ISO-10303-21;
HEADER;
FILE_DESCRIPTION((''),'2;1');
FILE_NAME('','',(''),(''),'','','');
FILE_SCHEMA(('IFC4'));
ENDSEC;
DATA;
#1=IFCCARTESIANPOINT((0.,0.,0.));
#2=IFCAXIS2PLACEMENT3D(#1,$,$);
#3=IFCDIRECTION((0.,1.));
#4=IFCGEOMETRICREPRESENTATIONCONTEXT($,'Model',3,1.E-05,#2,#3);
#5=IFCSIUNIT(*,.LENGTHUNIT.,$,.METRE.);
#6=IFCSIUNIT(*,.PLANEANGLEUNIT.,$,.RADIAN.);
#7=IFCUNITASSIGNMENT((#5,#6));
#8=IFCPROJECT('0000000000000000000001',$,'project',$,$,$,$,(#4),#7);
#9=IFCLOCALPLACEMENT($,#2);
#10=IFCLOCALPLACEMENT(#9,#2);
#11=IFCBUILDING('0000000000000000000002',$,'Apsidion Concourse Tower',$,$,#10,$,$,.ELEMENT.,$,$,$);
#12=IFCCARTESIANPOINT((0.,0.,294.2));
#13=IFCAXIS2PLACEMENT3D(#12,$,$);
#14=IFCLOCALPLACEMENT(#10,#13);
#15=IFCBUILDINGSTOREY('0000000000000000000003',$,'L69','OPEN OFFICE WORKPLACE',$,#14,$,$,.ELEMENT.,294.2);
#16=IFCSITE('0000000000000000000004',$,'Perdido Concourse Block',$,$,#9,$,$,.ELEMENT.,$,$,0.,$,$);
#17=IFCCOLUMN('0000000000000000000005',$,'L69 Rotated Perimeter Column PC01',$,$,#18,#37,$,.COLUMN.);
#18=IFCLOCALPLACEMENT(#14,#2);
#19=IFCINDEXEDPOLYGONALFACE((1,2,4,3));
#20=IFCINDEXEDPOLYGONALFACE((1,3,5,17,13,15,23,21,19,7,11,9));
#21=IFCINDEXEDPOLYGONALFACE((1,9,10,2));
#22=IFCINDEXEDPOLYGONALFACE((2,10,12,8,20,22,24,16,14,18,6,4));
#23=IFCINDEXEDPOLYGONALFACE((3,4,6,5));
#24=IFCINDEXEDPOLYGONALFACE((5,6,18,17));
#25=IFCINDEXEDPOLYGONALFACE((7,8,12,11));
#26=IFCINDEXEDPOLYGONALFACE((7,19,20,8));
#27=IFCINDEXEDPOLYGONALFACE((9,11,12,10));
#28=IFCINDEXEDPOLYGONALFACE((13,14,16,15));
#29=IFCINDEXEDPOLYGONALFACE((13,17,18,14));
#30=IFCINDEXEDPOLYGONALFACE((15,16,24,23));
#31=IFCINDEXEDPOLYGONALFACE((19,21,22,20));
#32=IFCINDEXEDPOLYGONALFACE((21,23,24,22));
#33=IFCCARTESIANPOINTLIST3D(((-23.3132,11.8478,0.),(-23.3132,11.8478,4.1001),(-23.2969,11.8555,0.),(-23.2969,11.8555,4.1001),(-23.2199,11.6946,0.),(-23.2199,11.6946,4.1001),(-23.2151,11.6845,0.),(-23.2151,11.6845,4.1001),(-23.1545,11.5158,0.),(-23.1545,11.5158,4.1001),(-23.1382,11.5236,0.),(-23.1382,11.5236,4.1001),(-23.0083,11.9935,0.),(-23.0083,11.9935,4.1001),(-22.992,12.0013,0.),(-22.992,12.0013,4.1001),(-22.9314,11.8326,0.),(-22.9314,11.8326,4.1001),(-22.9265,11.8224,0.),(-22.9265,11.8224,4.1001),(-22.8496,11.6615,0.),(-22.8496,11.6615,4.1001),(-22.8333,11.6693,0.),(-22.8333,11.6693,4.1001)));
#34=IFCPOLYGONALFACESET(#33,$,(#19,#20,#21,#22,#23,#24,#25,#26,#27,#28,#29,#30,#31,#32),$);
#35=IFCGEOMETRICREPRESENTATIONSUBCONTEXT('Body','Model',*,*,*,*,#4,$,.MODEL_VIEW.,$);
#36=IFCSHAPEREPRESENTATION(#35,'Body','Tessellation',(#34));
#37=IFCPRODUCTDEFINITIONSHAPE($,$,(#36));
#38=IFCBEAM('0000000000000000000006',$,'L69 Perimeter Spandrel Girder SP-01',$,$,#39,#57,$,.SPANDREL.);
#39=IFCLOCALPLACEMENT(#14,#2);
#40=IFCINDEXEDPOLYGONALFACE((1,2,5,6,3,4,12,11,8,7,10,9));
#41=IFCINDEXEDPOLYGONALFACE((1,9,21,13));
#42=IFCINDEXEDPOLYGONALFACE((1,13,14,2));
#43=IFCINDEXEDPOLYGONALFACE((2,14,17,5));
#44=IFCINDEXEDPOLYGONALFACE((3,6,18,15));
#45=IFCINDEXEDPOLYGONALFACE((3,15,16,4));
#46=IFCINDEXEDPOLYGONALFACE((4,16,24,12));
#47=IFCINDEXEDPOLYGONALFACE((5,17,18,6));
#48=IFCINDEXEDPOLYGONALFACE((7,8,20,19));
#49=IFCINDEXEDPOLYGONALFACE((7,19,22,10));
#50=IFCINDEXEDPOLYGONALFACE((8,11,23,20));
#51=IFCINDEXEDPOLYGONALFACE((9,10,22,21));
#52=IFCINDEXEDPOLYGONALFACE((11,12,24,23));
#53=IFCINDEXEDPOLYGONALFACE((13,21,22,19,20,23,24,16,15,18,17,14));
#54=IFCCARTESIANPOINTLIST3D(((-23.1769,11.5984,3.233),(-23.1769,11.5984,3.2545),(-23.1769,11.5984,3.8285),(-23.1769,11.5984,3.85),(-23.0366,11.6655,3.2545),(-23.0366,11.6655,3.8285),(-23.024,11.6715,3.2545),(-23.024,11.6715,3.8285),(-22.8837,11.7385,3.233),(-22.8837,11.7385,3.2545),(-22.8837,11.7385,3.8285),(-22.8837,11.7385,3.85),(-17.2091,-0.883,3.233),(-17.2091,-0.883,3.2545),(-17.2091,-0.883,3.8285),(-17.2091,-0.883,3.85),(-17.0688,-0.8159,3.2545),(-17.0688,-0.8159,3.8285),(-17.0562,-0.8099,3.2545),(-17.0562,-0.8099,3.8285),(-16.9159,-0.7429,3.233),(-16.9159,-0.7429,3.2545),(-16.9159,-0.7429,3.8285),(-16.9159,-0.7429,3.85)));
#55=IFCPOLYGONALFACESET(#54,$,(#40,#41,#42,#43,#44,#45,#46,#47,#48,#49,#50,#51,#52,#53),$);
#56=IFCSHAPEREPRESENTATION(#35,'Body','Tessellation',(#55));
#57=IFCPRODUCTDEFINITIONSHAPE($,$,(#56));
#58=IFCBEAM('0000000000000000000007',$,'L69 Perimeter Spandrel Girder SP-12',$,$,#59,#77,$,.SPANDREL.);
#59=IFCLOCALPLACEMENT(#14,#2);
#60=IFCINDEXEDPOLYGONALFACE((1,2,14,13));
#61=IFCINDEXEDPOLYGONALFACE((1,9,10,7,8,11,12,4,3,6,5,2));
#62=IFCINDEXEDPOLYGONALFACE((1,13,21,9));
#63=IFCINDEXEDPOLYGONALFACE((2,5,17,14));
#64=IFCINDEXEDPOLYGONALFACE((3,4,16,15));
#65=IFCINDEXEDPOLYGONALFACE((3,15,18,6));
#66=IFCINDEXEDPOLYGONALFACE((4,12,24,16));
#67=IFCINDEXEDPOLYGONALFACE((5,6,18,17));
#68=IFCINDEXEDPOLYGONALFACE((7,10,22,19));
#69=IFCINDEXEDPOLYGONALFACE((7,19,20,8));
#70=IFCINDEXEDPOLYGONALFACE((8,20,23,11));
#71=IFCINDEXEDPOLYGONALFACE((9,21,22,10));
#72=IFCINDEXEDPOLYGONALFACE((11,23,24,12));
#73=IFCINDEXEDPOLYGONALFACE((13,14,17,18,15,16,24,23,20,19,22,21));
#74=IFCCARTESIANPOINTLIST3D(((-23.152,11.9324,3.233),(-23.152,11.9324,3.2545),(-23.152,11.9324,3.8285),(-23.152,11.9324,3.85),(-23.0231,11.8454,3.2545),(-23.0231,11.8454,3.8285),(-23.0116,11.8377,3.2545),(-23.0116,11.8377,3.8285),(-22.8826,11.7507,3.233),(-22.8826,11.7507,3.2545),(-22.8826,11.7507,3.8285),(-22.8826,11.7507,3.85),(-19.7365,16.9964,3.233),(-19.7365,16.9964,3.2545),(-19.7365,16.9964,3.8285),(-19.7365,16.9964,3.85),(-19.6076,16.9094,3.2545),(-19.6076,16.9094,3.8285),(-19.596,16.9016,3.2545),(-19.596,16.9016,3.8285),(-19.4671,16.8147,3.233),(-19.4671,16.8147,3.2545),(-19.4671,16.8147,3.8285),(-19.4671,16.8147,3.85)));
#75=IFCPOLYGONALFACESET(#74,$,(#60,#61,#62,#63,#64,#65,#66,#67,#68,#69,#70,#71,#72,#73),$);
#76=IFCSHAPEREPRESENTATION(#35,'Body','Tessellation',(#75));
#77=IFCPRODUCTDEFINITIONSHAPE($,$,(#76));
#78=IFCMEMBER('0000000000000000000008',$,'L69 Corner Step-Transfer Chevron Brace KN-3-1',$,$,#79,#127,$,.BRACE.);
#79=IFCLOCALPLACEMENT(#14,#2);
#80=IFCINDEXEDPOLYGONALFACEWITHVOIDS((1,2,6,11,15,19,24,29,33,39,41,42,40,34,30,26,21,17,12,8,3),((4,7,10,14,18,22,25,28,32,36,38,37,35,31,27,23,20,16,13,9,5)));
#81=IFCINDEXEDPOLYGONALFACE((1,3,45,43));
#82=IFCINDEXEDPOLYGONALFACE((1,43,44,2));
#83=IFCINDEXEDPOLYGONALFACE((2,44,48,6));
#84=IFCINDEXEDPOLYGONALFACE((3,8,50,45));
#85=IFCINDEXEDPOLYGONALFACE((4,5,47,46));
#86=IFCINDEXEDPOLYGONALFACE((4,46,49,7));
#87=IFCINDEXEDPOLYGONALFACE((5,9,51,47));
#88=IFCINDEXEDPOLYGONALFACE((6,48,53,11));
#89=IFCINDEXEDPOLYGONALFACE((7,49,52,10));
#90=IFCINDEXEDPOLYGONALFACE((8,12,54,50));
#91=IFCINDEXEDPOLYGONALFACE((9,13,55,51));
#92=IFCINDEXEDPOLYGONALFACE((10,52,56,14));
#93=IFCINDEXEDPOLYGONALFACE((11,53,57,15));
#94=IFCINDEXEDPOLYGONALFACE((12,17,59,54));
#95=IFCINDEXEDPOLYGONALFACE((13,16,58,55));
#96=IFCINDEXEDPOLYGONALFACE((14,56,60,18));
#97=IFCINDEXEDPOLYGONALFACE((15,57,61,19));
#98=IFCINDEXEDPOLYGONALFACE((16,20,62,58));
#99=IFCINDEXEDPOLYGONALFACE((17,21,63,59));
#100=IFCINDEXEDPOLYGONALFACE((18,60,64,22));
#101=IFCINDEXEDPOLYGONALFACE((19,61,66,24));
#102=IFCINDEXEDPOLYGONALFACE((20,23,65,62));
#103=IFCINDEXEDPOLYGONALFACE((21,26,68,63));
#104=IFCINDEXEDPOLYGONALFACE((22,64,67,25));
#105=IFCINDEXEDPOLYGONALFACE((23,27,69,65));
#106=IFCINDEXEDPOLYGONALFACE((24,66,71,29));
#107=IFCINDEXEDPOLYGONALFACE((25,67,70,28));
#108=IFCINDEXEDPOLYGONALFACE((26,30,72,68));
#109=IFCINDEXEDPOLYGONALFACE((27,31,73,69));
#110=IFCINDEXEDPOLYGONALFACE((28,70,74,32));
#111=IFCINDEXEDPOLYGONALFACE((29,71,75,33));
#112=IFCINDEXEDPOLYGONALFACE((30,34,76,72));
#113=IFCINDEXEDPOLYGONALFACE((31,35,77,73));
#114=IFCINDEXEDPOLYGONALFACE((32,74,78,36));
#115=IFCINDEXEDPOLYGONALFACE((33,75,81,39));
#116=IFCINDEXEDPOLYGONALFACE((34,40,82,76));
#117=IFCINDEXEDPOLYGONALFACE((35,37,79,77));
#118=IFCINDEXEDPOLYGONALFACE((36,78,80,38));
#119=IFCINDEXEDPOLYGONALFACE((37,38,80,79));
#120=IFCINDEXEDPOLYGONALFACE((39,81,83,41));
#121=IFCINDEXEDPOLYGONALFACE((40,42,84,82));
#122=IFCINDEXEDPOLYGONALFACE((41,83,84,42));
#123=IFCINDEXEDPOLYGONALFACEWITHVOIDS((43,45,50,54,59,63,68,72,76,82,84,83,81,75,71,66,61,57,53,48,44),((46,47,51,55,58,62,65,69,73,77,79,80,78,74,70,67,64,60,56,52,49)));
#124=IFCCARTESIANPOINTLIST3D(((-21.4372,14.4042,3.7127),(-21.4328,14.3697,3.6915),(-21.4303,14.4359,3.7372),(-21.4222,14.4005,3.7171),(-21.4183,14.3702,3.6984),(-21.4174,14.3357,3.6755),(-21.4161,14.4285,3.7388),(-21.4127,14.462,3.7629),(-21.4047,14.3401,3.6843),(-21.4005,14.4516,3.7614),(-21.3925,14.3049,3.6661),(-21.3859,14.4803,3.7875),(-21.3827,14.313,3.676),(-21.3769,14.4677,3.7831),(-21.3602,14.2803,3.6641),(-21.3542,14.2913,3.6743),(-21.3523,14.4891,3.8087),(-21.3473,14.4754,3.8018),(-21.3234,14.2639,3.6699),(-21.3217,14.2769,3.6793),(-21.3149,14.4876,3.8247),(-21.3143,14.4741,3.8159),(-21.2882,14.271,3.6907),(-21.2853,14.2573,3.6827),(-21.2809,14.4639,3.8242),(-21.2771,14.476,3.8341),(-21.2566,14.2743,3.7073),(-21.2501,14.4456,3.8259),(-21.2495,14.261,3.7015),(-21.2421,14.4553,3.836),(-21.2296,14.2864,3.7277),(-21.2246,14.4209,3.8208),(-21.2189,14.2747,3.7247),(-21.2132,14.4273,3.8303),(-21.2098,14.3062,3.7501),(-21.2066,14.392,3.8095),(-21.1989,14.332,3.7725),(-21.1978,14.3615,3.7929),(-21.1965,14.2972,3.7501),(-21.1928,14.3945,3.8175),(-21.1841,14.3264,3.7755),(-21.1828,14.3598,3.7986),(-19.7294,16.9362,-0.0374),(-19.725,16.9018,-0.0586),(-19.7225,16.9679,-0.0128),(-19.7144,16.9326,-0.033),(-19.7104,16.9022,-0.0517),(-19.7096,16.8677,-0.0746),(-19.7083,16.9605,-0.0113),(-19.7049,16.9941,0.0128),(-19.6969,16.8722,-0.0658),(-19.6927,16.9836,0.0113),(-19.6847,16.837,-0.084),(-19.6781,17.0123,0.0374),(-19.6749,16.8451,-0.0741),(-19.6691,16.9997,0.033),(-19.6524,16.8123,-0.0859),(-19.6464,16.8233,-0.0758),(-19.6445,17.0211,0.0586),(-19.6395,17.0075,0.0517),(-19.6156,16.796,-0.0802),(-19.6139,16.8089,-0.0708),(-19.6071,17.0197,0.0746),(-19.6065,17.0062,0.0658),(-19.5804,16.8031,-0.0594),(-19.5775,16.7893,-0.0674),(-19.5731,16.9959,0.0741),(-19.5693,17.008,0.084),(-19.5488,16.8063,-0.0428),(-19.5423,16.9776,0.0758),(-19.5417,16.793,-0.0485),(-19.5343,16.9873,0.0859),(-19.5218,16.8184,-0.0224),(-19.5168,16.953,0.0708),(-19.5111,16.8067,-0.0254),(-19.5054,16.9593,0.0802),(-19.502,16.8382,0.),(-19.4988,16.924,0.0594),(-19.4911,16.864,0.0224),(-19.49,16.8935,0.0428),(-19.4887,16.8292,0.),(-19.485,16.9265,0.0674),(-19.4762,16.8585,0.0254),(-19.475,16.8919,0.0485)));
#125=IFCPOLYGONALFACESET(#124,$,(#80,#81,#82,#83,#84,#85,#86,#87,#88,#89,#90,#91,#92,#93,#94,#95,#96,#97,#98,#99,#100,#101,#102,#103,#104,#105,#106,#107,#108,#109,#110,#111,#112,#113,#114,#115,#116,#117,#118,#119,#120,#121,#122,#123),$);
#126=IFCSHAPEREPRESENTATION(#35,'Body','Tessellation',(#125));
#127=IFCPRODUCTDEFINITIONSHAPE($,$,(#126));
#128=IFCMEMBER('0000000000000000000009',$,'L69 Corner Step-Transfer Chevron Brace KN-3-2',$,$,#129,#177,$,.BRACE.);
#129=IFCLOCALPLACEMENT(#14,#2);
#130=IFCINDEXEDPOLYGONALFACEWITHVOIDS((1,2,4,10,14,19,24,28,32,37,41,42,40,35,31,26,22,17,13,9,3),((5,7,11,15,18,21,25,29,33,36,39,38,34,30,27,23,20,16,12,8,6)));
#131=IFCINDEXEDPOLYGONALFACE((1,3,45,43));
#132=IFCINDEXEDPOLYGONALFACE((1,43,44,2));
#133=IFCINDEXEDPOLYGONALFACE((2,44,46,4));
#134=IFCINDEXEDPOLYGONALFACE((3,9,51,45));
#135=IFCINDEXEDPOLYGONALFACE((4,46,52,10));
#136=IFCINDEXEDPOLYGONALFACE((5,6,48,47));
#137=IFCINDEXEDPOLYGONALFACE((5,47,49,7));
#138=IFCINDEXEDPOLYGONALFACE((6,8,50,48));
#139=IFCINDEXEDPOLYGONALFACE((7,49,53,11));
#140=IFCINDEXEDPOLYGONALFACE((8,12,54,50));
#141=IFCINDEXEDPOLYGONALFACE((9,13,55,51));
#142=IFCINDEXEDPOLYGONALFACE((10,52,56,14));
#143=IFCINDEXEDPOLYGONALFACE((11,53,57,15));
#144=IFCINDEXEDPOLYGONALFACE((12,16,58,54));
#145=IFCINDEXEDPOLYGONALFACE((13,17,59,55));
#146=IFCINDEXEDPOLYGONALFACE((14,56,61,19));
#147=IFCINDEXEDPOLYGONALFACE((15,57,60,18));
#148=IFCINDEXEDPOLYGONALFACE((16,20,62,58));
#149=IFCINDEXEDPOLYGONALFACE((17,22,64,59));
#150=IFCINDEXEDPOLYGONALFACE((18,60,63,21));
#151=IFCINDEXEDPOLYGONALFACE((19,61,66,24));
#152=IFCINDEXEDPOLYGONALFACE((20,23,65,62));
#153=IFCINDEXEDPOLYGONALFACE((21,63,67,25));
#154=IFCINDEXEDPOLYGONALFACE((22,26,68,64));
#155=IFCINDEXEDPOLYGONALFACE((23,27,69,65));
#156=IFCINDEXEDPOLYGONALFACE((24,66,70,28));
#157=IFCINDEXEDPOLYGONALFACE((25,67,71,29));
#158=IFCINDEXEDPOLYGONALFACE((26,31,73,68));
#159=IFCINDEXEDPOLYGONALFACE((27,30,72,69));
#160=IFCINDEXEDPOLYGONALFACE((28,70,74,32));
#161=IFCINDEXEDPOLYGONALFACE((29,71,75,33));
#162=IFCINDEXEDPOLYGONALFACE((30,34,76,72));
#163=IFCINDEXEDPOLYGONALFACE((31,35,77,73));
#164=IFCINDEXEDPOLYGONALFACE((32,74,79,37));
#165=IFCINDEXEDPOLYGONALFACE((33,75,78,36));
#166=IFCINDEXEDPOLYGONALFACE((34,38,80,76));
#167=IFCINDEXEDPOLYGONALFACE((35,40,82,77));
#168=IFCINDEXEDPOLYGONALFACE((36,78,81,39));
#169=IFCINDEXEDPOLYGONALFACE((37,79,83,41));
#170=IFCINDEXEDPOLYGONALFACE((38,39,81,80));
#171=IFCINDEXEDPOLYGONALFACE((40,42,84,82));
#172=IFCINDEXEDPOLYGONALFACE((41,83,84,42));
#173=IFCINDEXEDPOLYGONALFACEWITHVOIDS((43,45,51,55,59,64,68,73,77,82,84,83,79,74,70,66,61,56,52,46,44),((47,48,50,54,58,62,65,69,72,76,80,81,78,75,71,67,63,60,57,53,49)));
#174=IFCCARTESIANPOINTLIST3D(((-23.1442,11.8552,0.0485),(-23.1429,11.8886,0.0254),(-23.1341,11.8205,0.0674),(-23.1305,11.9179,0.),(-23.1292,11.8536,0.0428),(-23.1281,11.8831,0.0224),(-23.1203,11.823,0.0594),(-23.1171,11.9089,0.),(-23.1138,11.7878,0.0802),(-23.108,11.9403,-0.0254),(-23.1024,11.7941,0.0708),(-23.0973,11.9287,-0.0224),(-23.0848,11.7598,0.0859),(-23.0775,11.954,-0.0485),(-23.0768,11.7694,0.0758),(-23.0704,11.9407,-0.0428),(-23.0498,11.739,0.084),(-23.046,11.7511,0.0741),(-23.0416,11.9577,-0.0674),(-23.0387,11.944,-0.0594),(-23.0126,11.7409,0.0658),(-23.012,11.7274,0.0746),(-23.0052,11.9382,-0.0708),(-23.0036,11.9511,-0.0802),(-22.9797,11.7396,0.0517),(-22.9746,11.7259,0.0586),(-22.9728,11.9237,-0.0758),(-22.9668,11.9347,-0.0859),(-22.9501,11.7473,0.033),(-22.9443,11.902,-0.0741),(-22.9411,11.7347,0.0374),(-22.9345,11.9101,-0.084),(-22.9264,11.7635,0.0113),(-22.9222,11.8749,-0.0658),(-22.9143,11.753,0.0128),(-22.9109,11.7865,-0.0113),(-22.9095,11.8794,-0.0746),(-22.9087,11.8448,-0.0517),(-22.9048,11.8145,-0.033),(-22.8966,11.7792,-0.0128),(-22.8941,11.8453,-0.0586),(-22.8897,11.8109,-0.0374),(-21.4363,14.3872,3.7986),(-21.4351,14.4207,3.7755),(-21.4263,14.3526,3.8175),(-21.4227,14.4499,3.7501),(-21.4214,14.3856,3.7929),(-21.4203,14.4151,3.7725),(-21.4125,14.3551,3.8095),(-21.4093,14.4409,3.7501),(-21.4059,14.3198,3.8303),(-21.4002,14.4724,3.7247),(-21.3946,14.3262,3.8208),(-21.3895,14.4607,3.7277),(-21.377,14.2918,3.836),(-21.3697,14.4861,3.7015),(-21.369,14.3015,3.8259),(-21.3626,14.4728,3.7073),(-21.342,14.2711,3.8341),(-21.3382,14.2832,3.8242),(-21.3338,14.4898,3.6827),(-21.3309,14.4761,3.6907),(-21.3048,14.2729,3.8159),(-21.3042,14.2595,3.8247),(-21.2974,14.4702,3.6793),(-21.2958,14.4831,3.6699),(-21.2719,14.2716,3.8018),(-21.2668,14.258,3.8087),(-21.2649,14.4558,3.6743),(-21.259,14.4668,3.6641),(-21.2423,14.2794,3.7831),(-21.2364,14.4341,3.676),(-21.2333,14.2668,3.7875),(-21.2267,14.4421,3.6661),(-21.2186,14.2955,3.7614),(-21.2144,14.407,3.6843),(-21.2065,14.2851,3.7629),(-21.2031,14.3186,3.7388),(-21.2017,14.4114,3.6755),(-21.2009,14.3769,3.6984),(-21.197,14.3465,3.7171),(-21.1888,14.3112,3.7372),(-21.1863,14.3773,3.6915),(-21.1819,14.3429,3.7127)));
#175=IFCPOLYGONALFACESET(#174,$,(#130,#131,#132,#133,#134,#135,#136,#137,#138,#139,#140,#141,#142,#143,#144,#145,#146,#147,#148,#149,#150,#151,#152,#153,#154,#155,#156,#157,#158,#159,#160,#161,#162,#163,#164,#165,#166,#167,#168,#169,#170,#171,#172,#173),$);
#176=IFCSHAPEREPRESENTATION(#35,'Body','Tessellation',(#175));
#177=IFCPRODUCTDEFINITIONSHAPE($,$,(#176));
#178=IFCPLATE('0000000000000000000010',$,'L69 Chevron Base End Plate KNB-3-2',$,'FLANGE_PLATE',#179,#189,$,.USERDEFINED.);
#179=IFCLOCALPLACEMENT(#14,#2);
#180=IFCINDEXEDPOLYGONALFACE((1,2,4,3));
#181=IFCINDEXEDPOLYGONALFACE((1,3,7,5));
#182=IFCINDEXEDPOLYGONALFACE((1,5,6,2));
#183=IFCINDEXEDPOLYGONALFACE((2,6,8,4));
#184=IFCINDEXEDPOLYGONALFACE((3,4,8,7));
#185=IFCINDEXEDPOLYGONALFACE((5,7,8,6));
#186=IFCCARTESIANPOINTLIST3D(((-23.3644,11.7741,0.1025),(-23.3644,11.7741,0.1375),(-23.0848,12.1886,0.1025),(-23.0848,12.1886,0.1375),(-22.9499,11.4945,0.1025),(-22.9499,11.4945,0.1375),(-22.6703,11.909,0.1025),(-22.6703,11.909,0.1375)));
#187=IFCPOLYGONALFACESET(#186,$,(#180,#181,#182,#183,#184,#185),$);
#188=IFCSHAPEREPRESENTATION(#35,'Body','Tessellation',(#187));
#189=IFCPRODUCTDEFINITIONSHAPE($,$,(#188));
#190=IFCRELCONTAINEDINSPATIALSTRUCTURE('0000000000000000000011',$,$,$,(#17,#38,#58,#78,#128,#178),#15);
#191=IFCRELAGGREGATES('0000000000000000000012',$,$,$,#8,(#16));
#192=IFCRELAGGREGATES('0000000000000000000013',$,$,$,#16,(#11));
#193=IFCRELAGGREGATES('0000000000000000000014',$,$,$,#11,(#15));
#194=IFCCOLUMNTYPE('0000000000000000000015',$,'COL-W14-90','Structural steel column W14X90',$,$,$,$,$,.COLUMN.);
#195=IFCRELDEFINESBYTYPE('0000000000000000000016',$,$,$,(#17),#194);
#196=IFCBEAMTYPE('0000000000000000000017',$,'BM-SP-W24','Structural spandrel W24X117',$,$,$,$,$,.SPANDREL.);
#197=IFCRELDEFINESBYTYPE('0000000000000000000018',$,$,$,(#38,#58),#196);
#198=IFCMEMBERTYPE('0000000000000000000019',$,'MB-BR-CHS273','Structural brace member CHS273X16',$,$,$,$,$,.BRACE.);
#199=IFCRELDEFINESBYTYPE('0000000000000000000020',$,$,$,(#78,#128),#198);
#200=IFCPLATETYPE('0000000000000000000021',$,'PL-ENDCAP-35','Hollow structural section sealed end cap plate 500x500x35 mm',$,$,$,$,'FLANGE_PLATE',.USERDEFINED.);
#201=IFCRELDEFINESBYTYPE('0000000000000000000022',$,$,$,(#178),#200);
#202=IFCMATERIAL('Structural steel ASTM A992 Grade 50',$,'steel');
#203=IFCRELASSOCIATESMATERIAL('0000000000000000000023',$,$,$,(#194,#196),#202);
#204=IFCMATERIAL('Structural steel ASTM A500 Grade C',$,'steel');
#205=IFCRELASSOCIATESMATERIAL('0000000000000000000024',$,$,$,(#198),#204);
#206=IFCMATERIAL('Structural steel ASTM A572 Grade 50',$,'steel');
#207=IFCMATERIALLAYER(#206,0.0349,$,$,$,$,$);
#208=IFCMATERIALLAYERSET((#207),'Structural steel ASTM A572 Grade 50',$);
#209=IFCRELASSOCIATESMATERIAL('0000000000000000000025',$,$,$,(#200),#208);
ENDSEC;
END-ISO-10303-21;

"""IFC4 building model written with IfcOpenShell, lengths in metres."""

from ifc_helpers import new_model, si_unit, direction, frame, origin, origin_2d, place, context, subcontext, project, spatial, rectangle, hollow_circle, i_section, extrude, material, layer, layer_set, material_profile, profile_set, type_object, element, save


model = new_model("IFC4")

# Units and contexts
model_context = context("Model", 3, precision=1e-05, world=origin(), true_north=direction((0.0, 1.0)))
body_context = subcontext(model_context, "Body", "Model", "MODEL_VIEW")
ifc_project = project(units=[si_unit("LENGTHUNIT", "METRE"), si_unit("PLANEANGLEUNIT", "RADIAN")], contexts=[model_context])

# Site, building, storey
site_placement = place(None, origin())
site = spatial("IfcSite", under=ifc_project, at=site_placement, Name="Perdido Concourse Block", CompositionType="ELEMENT", RefElevation=0.0)
building_placement = place(site_placement, origin())
building = spatial("IfcBuilding", under=site, at=building_placement, Name="Apsidion Concourse Tower", CompositionType="ELEMENT")
storey_placement = place(building_placement, frame((0.0, 0.0, 294.2)))
storey = spatial("IfcBuildingStorey", under=building, at=storey_placement, Name="L69", Description="OPEN OFFICE WORKPLACE", CompositionType="ELEMENT", Elevation=294.2)

# Column
ifc_material_1 = material(Name="Structural steel ASTM A992 Grade 50", Category="steel")
ifc_material_profile_1 = material_profile(ifc_material_1, i_section(OverallWidth=0.3679, OverallDepth=0.356, WebThickness=0.0112, FlangeThickness=0.0181, at=origin_2d()), Name="W14X90")
ifc_profile_set_1 = profile_set([ifc_material_profile_1], Name="Structural steel ASTM A992 Grade 50")
column_type = type_object("IfcColumnType", Name="COL-W14-90", Description="Structural steel column W14X90", PredefinedType="COLUMN", material=ifc_profile_set_1)
column_placement = place(storey_placement, frame((-23.0732, 11.7585, 0.0), z_axis=(0.0, 0.0, 1.0), x_axis=(-0.431299, 0.902209, 0.0)))
element("IfcColumn", 1, at=column_placement, inside=storey, type_object=column_type, Name="L69 Rotated Perimeter Column PC01", PredefinedType="COLUMN", context=body_context, shape_type="SweptSolid", body=[
    extrude(i_section(OverallWidth=0.3679, OverallDepth=0.356, WebThickness=0.0112, FlangeThickness=0.0181, at=origin_2d()), origin(), (0.0, 0.0, 1.0), 4.1001),
])

# Beams
ifc_material_profile_2 = material_profile(ifc_material_1, i_section(OverallWidth=0.325, OverallDepth=0.6169, WebThickness=0.0139, FlangeThickness=0.0215, at=origin_2d()), Name="W24X117")
ifc_profile_set_2 = profile_set([ifc_material_profile_2], Name="Structural steel ASTM A992 Grade 50")
beam_type = type_object("IfcBeamType", Name="BM-SP-W24", Description="Structural spandrel W24X117", PredefinedType="SPANDREL", material=ifc_profile_set_2)
beam_1_placement = place(storey_placement, frame((-23.0303, 11.6685, 3.5415), z_axis=(0.431361, -0.90218, 0.0), x_axis=(0.90218, 0.431361, 0.0)))
element("IfcBeam", 2, at=beam_1_placement, inside=storey, type_object=beam_type, Name="L69 Perimeter Spandrel Girder SP-01", PredefinedType="SPANDREL", context=body_context, shape_type="SweptSolid", body=[
    extrude(i_section(OverallWidth=0.325, OverallDepth=0.6169, WebThickness=0.0139, FlangeThickness=0.0215, at=origin_2d()), origin(), (0.0, 0.0, 1.0), 13.8347),
])
beam_2_placement = place(storey_placement, frame((-19.6018, 16.9055, 3.5415), z_axis=(-0.559175, -0.82905, 0.0), x_axis=(0.82905, -0.559175, 0.0)))
element("IfcBeam", 3, at=beam_2_placement, inside=storey, type_object=beam_type, Name="L69 Perimeter Spandrel Girder SP-12", PredefinedType="SPANDREL", context=body_context, shape_type="SweptSolid", body=[
    extrude(i_section(OverallWidth=0.325, OverallDepth=0.6169, WebThickness=0.0139, FlangeThickness=0.0215, at=origin_2d()), origin(), (0.0, 0.0, 1.0), 6.1082),
])

# Members
ifc_material_2 = material(Name="Structural steel ASTM A500 Grade C", Category="steel")
ifc_material_profile_3 = material_profile(ifc_material_2, hollow_circle(Radius=0.1365, WallThickness=0.0161, at=origin_2d()), Name="CHS273X16")
ifc_profile_set_3 = profile_set([ifc_material_profile_3], Name="Structural steel ASTM A500 Grade C")
member_type = type_object("IfcMemberType", Name="MB-BR-CHS273", Description="Structural brace member CHS273X16", PredefinedType="BRACE", material=ifc_profile_set_3)
for number, where, z_axis, x_axis, name in (
    (4, (-19.6018, 16.9055, 0.0), (-0.353113, -0.523536, 0.775385), (0.82905, -0.559175, 0.0), "L69 Corner Step-Transfer Chevron Brace KN-3-1"),
    (5, (-23.0173, 11.8416, 0.0), (0.353113, 0.523536, 0.775385), (-0.82905, 0.559175, 0.0), "L69 Corner Step-Transfer Chevron Brace KN-3-2"),
):
    element("IfcMember", number, at=place(storey_placement, frame(where, z_axis=z_axis, x_axis=x_axis)), inside=storey, type_object=member_type, Name=name, PredefinedType="BRACE", context=body_context, shape_type="SweptSolid", body=[
        extrude(hollow_circle(Radius=0.1365, WallThickness=0.0161, at=origin_2d()), origin(), (0.0, 0.0, 1.0), 4.8364),
    ])

# Plate
ifc_material_3 = material(Name="Structural steel ASTM A572 Grade 50", Category="steel")
ifc_layer_1 = layer(ifc_material_3, 0.0349)
ifc_layer_set_1 = layer_set([ifc_layer_1], Name="Structural steel ASTM A572 Grade 50")
plate_type_1 = type_object("IfcPlateType", Name="PL-ENDCAP-35", Description="Hollow structural section sealed end cap plate 500x500x35 mm", ElementType="FLANGE_PLATE", PredefinedType="USERDEFINED", material=ifc_layer_set_1)
plate_1_placement = place(storey_placement, frame((-23.0173, 11.8416, 0.1025), z_axis=(0.0, 0.0, 1.0), x_axis=(0.559193, 0.829038, 0.0)))
element("IfcPlate", 6, at=plate_1_placement, inside=storey, type_object=plate_type_1, Name="L69 Chevron Base End Plate KNB-3-2", ObjectType="FLANGE_PLATE", PredefinedType="USERDEFINED", context=body_context, shape_type="SweptSolid", body=[
    extrude(rectangle(XDim=0.5, YDim=0.5, at=origin_2d()), origin(), (0.0, 0.0, 1.0), 0.0349),
])

save(model, "model.ifc")
